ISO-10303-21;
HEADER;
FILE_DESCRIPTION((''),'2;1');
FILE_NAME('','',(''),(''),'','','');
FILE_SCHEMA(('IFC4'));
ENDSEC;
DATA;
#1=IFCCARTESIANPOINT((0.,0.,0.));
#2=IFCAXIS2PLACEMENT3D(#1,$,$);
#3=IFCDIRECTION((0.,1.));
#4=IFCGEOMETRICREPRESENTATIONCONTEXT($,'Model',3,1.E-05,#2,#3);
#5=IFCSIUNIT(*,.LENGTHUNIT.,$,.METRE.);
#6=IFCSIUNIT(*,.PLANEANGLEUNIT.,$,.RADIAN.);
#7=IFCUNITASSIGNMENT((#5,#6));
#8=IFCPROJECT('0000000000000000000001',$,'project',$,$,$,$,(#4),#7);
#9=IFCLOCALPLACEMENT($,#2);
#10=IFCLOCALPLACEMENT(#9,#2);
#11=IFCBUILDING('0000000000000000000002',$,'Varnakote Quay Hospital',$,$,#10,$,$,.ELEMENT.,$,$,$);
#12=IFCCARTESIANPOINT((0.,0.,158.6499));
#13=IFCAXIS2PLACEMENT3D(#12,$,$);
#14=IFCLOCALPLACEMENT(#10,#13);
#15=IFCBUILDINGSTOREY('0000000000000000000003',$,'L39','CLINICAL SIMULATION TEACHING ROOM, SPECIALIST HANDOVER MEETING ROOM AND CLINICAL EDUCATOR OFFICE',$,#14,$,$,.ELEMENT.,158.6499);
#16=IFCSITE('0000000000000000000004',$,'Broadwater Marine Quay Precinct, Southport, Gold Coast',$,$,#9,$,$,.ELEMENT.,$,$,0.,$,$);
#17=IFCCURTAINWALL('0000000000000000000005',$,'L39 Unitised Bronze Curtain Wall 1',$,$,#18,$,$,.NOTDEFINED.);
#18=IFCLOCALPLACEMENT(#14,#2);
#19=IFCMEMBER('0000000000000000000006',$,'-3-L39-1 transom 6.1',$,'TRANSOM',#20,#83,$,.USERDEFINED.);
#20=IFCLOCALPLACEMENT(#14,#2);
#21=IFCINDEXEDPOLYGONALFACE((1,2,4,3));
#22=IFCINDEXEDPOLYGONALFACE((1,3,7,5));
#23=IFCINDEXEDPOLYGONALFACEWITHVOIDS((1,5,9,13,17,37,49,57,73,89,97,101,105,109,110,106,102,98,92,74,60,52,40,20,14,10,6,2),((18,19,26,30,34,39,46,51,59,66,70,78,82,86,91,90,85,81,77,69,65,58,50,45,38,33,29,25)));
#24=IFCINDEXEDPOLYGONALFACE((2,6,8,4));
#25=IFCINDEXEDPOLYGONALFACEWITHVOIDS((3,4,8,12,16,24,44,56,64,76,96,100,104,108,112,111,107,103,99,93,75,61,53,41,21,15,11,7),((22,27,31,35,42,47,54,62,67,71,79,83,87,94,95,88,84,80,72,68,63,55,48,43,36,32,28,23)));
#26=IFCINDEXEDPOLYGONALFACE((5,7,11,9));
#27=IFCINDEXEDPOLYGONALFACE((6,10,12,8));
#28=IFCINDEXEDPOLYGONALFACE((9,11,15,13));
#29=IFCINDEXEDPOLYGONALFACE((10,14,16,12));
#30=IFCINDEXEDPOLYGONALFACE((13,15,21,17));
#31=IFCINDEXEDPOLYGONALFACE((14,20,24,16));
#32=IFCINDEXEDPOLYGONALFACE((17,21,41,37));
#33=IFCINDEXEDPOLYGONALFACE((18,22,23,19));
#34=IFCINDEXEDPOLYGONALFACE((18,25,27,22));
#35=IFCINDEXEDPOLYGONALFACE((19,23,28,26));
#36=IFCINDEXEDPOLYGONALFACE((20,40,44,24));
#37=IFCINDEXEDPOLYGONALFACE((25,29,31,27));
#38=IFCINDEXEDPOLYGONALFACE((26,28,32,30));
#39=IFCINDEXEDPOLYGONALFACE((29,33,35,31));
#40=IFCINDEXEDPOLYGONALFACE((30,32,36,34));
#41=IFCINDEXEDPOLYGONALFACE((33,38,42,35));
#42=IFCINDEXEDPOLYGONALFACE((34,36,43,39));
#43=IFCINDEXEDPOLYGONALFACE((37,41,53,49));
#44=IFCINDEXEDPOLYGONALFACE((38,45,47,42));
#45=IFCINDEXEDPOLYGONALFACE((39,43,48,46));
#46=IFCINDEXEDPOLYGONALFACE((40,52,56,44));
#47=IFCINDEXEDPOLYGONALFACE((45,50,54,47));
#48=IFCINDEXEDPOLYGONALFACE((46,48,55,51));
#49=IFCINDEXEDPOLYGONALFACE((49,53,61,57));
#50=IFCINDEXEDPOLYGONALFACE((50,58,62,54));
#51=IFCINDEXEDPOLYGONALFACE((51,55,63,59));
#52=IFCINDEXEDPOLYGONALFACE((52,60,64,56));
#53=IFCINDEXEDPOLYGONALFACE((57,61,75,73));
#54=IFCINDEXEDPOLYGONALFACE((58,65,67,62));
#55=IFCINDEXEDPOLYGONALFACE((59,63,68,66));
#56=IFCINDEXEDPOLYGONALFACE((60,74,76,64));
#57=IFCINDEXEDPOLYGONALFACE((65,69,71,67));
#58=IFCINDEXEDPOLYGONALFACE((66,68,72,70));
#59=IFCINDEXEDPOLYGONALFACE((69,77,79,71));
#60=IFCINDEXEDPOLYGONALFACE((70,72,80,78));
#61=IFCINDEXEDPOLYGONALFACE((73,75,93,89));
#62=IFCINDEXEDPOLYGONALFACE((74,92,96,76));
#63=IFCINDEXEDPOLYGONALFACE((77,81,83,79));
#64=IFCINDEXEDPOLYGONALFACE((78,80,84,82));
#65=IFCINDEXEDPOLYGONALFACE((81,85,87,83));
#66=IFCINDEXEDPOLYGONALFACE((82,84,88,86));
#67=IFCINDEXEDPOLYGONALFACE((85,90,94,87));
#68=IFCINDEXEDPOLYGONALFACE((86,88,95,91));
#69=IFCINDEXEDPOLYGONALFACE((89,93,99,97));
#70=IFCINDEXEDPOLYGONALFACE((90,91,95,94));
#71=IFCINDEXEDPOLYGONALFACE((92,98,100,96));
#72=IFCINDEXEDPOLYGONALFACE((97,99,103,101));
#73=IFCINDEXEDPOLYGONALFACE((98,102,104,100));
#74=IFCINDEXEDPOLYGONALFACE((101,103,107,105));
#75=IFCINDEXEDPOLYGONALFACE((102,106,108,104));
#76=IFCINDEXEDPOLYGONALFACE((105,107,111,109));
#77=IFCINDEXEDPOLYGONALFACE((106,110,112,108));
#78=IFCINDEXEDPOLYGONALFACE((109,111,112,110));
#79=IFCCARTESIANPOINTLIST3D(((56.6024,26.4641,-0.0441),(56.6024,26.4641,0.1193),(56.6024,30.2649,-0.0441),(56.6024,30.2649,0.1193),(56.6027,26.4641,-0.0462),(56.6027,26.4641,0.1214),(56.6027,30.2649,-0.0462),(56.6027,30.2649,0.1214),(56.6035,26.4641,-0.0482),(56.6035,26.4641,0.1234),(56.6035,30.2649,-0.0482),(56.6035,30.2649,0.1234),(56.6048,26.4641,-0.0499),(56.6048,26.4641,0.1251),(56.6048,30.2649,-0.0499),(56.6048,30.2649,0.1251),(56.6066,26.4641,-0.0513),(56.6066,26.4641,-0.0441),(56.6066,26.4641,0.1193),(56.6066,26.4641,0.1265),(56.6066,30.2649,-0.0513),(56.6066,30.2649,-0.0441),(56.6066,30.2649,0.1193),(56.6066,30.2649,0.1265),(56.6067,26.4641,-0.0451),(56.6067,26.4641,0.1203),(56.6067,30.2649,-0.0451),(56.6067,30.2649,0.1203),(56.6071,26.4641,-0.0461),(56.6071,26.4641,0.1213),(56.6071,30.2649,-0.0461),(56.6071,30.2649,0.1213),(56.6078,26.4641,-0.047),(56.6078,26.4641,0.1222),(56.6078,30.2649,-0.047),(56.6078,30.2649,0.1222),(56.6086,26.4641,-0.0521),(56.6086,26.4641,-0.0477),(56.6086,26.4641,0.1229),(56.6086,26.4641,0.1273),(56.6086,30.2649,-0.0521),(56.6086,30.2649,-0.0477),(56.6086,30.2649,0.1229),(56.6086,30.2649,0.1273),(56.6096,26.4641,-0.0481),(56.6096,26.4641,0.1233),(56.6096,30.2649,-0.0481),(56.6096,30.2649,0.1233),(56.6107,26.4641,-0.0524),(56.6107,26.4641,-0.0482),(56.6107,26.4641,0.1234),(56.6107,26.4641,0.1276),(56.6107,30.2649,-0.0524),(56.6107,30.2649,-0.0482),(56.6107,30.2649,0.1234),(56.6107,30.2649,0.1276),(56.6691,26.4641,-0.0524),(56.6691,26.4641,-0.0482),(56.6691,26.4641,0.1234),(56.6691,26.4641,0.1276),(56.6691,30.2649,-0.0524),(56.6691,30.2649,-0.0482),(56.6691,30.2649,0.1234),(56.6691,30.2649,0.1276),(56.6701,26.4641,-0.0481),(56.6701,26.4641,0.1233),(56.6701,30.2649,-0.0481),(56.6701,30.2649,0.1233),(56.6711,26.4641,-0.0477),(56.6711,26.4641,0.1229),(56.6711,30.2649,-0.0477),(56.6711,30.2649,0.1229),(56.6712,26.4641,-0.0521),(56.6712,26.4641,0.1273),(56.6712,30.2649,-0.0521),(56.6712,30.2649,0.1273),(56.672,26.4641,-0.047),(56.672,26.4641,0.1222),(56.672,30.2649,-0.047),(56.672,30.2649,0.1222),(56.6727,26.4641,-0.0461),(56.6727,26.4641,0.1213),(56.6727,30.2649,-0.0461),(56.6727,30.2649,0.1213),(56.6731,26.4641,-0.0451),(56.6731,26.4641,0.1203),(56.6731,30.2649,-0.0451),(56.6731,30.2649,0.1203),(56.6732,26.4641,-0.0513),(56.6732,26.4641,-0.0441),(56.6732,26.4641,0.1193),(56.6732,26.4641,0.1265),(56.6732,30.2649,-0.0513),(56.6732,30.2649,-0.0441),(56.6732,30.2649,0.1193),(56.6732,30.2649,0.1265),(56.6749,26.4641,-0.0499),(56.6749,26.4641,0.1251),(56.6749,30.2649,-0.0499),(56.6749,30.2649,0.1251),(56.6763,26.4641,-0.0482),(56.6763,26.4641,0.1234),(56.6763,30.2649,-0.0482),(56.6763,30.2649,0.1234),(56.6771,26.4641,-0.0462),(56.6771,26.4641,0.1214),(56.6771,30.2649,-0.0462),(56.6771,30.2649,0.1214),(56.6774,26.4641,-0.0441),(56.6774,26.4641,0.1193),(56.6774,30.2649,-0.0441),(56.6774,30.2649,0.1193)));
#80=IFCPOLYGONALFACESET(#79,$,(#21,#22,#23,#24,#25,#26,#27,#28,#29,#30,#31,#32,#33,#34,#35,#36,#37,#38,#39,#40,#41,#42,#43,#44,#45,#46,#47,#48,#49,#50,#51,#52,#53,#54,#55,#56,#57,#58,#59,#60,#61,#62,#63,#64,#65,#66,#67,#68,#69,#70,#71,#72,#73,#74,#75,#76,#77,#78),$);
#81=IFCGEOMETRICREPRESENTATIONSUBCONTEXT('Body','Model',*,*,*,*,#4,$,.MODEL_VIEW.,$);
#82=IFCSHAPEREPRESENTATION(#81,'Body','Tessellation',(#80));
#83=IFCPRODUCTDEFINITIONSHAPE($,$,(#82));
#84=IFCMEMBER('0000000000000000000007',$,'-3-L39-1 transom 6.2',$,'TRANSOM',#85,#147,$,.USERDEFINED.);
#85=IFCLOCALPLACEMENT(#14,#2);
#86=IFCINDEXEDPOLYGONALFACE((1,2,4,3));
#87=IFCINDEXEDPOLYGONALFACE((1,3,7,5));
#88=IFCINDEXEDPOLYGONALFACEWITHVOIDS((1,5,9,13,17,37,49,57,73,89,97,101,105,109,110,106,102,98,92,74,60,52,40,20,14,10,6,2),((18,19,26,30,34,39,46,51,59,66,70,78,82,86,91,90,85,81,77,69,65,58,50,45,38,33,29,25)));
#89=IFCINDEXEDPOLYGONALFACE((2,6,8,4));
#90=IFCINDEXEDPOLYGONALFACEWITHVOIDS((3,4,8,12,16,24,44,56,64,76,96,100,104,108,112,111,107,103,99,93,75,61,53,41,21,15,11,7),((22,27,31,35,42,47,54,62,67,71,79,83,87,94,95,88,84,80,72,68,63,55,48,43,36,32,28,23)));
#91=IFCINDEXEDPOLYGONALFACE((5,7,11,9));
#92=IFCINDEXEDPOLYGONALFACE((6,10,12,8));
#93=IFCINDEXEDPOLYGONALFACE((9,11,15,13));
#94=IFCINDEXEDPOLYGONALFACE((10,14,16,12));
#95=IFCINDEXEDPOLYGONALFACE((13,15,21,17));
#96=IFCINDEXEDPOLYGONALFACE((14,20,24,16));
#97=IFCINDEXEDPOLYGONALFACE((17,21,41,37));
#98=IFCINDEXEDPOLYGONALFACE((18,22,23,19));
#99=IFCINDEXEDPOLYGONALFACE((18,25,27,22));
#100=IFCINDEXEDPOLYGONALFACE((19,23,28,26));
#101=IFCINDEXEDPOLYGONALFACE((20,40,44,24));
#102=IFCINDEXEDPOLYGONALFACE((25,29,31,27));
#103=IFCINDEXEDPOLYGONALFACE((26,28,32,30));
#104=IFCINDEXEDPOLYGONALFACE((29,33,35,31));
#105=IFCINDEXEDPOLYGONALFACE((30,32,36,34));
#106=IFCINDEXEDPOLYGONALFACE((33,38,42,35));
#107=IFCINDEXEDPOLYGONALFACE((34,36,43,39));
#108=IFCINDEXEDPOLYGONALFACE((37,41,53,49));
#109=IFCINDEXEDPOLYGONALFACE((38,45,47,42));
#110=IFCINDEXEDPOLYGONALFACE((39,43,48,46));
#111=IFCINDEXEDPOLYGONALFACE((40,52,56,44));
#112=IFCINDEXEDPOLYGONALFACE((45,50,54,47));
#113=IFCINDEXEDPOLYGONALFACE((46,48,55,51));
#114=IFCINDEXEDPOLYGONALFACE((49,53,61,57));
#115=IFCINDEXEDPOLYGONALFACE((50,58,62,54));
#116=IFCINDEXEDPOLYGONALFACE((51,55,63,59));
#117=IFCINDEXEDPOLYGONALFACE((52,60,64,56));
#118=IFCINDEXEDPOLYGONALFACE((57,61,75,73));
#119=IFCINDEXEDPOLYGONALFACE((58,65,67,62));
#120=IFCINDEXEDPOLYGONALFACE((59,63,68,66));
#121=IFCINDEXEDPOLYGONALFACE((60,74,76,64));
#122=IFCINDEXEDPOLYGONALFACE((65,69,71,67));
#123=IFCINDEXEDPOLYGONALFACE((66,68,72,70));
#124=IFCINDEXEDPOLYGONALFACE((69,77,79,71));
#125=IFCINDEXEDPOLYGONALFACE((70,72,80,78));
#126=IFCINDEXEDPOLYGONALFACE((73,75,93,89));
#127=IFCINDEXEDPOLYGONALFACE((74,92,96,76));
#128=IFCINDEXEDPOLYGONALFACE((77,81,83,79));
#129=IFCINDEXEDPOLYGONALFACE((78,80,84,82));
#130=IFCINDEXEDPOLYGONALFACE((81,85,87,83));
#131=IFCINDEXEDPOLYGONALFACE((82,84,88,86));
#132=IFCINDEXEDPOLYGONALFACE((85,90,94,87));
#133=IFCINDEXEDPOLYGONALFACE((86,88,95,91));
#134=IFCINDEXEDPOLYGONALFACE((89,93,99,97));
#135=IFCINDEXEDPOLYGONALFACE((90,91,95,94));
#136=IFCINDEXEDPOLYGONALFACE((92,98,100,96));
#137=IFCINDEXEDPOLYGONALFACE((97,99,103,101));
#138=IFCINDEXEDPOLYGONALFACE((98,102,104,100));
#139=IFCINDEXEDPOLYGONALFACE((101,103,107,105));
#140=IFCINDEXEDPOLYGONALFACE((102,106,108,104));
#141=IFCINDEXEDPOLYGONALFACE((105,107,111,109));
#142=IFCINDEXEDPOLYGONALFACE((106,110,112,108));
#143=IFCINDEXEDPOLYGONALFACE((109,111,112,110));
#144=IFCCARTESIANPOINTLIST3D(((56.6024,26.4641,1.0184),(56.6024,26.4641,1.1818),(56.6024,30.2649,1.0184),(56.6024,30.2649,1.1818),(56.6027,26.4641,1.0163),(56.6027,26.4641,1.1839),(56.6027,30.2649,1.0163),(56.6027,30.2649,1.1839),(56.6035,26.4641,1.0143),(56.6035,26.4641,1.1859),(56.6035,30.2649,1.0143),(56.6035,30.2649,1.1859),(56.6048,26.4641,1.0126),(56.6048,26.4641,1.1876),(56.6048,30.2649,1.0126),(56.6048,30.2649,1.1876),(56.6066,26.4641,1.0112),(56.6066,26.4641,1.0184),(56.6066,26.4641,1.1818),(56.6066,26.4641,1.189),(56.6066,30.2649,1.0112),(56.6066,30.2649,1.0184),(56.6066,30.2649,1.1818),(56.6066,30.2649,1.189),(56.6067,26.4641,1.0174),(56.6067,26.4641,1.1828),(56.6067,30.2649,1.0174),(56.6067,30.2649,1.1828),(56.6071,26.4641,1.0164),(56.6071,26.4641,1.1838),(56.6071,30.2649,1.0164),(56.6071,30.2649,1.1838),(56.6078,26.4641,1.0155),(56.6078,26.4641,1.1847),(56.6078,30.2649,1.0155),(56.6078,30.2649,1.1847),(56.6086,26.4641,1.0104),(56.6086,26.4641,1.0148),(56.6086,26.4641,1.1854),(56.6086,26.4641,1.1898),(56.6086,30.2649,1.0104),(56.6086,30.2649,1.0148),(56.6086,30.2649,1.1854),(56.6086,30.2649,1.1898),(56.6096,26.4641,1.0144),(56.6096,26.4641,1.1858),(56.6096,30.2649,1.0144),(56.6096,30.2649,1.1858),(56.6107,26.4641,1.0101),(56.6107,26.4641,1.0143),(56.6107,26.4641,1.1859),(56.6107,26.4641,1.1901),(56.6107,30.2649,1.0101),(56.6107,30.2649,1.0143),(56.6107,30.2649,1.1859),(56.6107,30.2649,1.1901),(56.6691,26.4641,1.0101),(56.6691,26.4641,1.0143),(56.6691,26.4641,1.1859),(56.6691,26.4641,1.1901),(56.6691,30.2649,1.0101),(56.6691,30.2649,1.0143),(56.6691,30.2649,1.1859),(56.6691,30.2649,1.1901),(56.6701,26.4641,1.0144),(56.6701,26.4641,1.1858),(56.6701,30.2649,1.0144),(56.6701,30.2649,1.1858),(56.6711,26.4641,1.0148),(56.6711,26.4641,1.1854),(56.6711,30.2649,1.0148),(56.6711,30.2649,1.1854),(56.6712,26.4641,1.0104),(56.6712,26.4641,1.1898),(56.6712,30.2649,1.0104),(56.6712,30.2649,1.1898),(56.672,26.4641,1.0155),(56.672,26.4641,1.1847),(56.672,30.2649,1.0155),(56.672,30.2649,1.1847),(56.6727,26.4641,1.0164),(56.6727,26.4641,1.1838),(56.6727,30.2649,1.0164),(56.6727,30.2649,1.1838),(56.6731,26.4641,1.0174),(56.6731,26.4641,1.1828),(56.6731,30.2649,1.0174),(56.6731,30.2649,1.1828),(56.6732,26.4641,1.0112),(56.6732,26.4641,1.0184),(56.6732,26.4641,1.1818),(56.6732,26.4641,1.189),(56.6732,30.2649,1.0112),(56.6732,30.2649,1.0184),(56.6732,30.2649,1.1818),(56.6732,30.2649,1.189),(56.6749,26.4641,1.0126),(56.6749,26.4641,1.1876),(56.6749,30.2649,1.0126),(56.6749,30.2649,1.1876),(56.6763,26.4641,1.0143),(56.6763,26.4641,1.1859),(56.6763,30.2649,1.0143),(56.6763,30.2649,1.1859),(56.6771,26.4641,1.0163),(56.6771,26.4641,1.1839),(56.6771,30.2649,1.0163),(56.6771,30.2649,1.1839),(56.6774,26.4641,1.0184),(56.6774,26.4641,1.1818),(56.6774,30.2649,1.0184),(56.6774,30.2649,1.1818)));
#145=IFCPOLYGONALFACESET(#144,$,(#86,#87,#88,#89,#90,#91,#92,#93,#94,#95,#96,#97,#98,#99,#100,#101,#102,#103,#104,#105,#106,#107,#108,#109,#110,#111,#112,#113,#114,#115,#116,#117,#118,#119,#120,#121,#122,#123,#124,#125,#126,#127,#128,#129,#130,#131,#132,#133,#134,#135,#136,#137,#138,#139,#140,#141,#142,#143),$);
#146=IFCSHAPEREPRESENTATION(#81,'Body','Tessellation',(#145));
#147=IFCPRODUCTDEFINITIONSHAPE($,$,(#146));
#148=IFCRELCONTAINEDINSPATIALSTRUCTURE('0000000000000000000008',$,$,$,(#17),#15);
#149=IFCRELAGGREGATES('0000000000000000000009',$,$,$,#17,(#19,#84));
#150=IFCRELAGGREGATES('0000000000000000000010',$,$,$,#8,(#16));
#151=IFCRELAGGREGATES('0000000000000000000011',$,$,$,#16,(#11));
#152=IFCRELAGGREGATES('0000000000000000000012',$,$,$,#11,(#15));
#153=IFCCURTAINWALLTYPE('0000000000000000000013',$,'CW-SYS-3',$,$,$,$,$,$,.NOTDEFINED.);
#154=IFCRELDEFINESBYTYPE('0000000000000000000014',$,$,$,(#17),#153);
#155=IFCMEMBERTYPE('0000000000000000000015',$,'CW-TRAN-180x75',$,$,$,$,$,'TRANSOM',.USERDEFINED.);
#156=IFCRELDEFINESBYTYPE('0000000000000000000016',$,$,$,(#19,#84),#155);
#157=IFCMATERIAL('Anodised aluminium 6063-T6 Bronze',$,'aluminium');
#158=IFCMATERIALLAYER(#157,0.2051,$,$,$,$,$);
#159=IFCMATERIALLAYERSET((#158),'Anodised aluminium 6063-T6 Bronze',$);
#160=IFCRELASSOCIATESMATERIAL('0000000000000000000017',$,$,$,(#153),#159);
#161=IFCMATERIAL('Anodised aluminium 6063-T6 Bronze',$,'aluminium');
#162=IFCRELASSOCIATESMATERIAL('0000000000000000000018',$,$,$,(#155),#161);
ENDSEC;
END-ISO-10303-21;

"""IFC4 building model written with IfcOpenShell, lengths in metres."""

from ifc_helpers import new_model, si_unit, direction, frame, origin, origin_2d, place, context, subcontext, project, spatial, hollow_rectangle, extrude, material, layer, layer_set, material_profile, profile_set, type_object, element, aggregate, save


model = new_model("IFC4")

# Units and contexts
model_context = context("Model", 3, precision=1e-05, world=origin(), true_north=direction((0.0, 1.0)))
body_context = subcontext(model_context, "Body", "Model", "MODEL_VIEW")
ifc_project = project(units=[si_unit("LENGTHUNIT", "METRE"), si_unit("PLANEANGLEUNIT", "RADIAN")], contexts=[model_context])

# Site, building, storey
site_placement = place(None, origin())
site = spatial("IfcSite", under=ifc_project, at=site_placement, Name="Broadwater Marine Quay Precinct, Southport, Gold Coast", CompositionType="ELEMENT", RefElevation=0.0)
building_placement = place(site_placement, origin())
building = spatial("IfcBuilding", under=site, at=building_placement, Name="Varnakote Quay Hospital", CompositionType="ELEMENT")
storey_placement = place(building_placement, frame((0.0, 0.0, 158.6499)))
storey = spatial("IfcBuildingStorey", under=building, at=storey_placement, Name="L39", Description="CLINICAL SIMULATION TEACHING ROOM, SPECIALIST HANDOVER MEETING ROOM AND CLINICAL EDUCATOR OFFICE", CompositionType="ELEMENT", Elevation=158.6499)

# Curtain wall, members
ifc_material_1 = material(Name="Anodised aluminium 6063-T6 Bronze", Category="aluminium")
ifc_layer_1 = layer(ifc_material_1, 0.2051)
ifc_layer_set_1 = layer_set([ifc_layer_1], Name="Anodised aluminium 6063-T6 Bronze")
curtain_wall_type = type_object("IfcCurtainWallType", Name="CW-SYS-3", PredefinedType="NOTDEFINED", material=ifc_layer_set_1)
curtain_wall_placement = place(storey_placement, origin())
curtain_wall = element("IfcCurtainWall", 1, at=curtain_wall_placement, inside=storey, type_object=curtain_wall_type, Name="L39 Unitised Bronze Curtain Wall 1", PredefinedType="NOTDEFINED")
ifc_material_2 = material(Name="Anodised aluminium 6063-T6 Bronze", Category="aluminium")
ifc_material_profile_1 = material_profile(ifc_material_2, hollow_rectangle(XDim=0.075, YDim=0.1799, WallThickness=0.0042, InnerFilletRadius=0.0042, OuterFilletRadius=0.0083, at=origin_2d()), Name="CW-TRAN-180x75")
ifc_profile_set_1 = profile_set([ifc_material_profile_1], Name="Anodised aluminium 6063-T6 Bronze")
member_type_1 = type_object("IfcMemberType", Name="CW-TRAN-180x75", ElementType="TRANSOM", PredefinedType="USERDEFINED", material=ifc_profile_set_1)
member_1_placement = place(storey_placement, frame((56.6399, 26.4641, 0.0376), z_axis=(0.0, 1.0, 0.0), x_axis=(-1.0, 0.0, 0.0)))
member_1 = element("IfcMember", 2, at=member_1_placement, type_object=member_type_1, Name="-3-L39-1 transom 6.1", ObjectType="TRANSOM", PredefinedType="USERDEFINED", context=body_context, shape_type="SweptSolid", body=[
    extrude(hollow_rectangle(XDim=0.075, YDim=0.1799, WallThickness=0.0042, InnerFilletRadius=0.0042, OuterFilletRadius=0.0083, at=origin_2d()), origin(), (0.0, 0.0, 1.0), 3.8008),
])
member_2_placement = place(storey_placement, frame((56.6399, 26.4641, 1.1001), z_axis=(0.0, 1.0, 0.0), x_axis=(-1.0, 0.0, 0.0)))
member_2 = element("IfcMember", 3, at=member_2_placement, type_object=member_type_1, Name="-3-L39-1 transom 6.2", ObjectType="TRANSOM", PredefinedType="USERDEFINED", context=body_context, shape_type="SweptSolid", body=[
    extrude(hollow_rectangle(XDim=0.075, YDim=0.1799, WallThickness=0.0042, InnerFilletRadius=0.0042, OuterFilletRadius=0.0083, at=origin_2d()), origin(), (0.0, 0.0, 1.0), 3.8008),
])
aggregate(curtain_wall, [member_1, member_2])

save(model, "model.ifc")
